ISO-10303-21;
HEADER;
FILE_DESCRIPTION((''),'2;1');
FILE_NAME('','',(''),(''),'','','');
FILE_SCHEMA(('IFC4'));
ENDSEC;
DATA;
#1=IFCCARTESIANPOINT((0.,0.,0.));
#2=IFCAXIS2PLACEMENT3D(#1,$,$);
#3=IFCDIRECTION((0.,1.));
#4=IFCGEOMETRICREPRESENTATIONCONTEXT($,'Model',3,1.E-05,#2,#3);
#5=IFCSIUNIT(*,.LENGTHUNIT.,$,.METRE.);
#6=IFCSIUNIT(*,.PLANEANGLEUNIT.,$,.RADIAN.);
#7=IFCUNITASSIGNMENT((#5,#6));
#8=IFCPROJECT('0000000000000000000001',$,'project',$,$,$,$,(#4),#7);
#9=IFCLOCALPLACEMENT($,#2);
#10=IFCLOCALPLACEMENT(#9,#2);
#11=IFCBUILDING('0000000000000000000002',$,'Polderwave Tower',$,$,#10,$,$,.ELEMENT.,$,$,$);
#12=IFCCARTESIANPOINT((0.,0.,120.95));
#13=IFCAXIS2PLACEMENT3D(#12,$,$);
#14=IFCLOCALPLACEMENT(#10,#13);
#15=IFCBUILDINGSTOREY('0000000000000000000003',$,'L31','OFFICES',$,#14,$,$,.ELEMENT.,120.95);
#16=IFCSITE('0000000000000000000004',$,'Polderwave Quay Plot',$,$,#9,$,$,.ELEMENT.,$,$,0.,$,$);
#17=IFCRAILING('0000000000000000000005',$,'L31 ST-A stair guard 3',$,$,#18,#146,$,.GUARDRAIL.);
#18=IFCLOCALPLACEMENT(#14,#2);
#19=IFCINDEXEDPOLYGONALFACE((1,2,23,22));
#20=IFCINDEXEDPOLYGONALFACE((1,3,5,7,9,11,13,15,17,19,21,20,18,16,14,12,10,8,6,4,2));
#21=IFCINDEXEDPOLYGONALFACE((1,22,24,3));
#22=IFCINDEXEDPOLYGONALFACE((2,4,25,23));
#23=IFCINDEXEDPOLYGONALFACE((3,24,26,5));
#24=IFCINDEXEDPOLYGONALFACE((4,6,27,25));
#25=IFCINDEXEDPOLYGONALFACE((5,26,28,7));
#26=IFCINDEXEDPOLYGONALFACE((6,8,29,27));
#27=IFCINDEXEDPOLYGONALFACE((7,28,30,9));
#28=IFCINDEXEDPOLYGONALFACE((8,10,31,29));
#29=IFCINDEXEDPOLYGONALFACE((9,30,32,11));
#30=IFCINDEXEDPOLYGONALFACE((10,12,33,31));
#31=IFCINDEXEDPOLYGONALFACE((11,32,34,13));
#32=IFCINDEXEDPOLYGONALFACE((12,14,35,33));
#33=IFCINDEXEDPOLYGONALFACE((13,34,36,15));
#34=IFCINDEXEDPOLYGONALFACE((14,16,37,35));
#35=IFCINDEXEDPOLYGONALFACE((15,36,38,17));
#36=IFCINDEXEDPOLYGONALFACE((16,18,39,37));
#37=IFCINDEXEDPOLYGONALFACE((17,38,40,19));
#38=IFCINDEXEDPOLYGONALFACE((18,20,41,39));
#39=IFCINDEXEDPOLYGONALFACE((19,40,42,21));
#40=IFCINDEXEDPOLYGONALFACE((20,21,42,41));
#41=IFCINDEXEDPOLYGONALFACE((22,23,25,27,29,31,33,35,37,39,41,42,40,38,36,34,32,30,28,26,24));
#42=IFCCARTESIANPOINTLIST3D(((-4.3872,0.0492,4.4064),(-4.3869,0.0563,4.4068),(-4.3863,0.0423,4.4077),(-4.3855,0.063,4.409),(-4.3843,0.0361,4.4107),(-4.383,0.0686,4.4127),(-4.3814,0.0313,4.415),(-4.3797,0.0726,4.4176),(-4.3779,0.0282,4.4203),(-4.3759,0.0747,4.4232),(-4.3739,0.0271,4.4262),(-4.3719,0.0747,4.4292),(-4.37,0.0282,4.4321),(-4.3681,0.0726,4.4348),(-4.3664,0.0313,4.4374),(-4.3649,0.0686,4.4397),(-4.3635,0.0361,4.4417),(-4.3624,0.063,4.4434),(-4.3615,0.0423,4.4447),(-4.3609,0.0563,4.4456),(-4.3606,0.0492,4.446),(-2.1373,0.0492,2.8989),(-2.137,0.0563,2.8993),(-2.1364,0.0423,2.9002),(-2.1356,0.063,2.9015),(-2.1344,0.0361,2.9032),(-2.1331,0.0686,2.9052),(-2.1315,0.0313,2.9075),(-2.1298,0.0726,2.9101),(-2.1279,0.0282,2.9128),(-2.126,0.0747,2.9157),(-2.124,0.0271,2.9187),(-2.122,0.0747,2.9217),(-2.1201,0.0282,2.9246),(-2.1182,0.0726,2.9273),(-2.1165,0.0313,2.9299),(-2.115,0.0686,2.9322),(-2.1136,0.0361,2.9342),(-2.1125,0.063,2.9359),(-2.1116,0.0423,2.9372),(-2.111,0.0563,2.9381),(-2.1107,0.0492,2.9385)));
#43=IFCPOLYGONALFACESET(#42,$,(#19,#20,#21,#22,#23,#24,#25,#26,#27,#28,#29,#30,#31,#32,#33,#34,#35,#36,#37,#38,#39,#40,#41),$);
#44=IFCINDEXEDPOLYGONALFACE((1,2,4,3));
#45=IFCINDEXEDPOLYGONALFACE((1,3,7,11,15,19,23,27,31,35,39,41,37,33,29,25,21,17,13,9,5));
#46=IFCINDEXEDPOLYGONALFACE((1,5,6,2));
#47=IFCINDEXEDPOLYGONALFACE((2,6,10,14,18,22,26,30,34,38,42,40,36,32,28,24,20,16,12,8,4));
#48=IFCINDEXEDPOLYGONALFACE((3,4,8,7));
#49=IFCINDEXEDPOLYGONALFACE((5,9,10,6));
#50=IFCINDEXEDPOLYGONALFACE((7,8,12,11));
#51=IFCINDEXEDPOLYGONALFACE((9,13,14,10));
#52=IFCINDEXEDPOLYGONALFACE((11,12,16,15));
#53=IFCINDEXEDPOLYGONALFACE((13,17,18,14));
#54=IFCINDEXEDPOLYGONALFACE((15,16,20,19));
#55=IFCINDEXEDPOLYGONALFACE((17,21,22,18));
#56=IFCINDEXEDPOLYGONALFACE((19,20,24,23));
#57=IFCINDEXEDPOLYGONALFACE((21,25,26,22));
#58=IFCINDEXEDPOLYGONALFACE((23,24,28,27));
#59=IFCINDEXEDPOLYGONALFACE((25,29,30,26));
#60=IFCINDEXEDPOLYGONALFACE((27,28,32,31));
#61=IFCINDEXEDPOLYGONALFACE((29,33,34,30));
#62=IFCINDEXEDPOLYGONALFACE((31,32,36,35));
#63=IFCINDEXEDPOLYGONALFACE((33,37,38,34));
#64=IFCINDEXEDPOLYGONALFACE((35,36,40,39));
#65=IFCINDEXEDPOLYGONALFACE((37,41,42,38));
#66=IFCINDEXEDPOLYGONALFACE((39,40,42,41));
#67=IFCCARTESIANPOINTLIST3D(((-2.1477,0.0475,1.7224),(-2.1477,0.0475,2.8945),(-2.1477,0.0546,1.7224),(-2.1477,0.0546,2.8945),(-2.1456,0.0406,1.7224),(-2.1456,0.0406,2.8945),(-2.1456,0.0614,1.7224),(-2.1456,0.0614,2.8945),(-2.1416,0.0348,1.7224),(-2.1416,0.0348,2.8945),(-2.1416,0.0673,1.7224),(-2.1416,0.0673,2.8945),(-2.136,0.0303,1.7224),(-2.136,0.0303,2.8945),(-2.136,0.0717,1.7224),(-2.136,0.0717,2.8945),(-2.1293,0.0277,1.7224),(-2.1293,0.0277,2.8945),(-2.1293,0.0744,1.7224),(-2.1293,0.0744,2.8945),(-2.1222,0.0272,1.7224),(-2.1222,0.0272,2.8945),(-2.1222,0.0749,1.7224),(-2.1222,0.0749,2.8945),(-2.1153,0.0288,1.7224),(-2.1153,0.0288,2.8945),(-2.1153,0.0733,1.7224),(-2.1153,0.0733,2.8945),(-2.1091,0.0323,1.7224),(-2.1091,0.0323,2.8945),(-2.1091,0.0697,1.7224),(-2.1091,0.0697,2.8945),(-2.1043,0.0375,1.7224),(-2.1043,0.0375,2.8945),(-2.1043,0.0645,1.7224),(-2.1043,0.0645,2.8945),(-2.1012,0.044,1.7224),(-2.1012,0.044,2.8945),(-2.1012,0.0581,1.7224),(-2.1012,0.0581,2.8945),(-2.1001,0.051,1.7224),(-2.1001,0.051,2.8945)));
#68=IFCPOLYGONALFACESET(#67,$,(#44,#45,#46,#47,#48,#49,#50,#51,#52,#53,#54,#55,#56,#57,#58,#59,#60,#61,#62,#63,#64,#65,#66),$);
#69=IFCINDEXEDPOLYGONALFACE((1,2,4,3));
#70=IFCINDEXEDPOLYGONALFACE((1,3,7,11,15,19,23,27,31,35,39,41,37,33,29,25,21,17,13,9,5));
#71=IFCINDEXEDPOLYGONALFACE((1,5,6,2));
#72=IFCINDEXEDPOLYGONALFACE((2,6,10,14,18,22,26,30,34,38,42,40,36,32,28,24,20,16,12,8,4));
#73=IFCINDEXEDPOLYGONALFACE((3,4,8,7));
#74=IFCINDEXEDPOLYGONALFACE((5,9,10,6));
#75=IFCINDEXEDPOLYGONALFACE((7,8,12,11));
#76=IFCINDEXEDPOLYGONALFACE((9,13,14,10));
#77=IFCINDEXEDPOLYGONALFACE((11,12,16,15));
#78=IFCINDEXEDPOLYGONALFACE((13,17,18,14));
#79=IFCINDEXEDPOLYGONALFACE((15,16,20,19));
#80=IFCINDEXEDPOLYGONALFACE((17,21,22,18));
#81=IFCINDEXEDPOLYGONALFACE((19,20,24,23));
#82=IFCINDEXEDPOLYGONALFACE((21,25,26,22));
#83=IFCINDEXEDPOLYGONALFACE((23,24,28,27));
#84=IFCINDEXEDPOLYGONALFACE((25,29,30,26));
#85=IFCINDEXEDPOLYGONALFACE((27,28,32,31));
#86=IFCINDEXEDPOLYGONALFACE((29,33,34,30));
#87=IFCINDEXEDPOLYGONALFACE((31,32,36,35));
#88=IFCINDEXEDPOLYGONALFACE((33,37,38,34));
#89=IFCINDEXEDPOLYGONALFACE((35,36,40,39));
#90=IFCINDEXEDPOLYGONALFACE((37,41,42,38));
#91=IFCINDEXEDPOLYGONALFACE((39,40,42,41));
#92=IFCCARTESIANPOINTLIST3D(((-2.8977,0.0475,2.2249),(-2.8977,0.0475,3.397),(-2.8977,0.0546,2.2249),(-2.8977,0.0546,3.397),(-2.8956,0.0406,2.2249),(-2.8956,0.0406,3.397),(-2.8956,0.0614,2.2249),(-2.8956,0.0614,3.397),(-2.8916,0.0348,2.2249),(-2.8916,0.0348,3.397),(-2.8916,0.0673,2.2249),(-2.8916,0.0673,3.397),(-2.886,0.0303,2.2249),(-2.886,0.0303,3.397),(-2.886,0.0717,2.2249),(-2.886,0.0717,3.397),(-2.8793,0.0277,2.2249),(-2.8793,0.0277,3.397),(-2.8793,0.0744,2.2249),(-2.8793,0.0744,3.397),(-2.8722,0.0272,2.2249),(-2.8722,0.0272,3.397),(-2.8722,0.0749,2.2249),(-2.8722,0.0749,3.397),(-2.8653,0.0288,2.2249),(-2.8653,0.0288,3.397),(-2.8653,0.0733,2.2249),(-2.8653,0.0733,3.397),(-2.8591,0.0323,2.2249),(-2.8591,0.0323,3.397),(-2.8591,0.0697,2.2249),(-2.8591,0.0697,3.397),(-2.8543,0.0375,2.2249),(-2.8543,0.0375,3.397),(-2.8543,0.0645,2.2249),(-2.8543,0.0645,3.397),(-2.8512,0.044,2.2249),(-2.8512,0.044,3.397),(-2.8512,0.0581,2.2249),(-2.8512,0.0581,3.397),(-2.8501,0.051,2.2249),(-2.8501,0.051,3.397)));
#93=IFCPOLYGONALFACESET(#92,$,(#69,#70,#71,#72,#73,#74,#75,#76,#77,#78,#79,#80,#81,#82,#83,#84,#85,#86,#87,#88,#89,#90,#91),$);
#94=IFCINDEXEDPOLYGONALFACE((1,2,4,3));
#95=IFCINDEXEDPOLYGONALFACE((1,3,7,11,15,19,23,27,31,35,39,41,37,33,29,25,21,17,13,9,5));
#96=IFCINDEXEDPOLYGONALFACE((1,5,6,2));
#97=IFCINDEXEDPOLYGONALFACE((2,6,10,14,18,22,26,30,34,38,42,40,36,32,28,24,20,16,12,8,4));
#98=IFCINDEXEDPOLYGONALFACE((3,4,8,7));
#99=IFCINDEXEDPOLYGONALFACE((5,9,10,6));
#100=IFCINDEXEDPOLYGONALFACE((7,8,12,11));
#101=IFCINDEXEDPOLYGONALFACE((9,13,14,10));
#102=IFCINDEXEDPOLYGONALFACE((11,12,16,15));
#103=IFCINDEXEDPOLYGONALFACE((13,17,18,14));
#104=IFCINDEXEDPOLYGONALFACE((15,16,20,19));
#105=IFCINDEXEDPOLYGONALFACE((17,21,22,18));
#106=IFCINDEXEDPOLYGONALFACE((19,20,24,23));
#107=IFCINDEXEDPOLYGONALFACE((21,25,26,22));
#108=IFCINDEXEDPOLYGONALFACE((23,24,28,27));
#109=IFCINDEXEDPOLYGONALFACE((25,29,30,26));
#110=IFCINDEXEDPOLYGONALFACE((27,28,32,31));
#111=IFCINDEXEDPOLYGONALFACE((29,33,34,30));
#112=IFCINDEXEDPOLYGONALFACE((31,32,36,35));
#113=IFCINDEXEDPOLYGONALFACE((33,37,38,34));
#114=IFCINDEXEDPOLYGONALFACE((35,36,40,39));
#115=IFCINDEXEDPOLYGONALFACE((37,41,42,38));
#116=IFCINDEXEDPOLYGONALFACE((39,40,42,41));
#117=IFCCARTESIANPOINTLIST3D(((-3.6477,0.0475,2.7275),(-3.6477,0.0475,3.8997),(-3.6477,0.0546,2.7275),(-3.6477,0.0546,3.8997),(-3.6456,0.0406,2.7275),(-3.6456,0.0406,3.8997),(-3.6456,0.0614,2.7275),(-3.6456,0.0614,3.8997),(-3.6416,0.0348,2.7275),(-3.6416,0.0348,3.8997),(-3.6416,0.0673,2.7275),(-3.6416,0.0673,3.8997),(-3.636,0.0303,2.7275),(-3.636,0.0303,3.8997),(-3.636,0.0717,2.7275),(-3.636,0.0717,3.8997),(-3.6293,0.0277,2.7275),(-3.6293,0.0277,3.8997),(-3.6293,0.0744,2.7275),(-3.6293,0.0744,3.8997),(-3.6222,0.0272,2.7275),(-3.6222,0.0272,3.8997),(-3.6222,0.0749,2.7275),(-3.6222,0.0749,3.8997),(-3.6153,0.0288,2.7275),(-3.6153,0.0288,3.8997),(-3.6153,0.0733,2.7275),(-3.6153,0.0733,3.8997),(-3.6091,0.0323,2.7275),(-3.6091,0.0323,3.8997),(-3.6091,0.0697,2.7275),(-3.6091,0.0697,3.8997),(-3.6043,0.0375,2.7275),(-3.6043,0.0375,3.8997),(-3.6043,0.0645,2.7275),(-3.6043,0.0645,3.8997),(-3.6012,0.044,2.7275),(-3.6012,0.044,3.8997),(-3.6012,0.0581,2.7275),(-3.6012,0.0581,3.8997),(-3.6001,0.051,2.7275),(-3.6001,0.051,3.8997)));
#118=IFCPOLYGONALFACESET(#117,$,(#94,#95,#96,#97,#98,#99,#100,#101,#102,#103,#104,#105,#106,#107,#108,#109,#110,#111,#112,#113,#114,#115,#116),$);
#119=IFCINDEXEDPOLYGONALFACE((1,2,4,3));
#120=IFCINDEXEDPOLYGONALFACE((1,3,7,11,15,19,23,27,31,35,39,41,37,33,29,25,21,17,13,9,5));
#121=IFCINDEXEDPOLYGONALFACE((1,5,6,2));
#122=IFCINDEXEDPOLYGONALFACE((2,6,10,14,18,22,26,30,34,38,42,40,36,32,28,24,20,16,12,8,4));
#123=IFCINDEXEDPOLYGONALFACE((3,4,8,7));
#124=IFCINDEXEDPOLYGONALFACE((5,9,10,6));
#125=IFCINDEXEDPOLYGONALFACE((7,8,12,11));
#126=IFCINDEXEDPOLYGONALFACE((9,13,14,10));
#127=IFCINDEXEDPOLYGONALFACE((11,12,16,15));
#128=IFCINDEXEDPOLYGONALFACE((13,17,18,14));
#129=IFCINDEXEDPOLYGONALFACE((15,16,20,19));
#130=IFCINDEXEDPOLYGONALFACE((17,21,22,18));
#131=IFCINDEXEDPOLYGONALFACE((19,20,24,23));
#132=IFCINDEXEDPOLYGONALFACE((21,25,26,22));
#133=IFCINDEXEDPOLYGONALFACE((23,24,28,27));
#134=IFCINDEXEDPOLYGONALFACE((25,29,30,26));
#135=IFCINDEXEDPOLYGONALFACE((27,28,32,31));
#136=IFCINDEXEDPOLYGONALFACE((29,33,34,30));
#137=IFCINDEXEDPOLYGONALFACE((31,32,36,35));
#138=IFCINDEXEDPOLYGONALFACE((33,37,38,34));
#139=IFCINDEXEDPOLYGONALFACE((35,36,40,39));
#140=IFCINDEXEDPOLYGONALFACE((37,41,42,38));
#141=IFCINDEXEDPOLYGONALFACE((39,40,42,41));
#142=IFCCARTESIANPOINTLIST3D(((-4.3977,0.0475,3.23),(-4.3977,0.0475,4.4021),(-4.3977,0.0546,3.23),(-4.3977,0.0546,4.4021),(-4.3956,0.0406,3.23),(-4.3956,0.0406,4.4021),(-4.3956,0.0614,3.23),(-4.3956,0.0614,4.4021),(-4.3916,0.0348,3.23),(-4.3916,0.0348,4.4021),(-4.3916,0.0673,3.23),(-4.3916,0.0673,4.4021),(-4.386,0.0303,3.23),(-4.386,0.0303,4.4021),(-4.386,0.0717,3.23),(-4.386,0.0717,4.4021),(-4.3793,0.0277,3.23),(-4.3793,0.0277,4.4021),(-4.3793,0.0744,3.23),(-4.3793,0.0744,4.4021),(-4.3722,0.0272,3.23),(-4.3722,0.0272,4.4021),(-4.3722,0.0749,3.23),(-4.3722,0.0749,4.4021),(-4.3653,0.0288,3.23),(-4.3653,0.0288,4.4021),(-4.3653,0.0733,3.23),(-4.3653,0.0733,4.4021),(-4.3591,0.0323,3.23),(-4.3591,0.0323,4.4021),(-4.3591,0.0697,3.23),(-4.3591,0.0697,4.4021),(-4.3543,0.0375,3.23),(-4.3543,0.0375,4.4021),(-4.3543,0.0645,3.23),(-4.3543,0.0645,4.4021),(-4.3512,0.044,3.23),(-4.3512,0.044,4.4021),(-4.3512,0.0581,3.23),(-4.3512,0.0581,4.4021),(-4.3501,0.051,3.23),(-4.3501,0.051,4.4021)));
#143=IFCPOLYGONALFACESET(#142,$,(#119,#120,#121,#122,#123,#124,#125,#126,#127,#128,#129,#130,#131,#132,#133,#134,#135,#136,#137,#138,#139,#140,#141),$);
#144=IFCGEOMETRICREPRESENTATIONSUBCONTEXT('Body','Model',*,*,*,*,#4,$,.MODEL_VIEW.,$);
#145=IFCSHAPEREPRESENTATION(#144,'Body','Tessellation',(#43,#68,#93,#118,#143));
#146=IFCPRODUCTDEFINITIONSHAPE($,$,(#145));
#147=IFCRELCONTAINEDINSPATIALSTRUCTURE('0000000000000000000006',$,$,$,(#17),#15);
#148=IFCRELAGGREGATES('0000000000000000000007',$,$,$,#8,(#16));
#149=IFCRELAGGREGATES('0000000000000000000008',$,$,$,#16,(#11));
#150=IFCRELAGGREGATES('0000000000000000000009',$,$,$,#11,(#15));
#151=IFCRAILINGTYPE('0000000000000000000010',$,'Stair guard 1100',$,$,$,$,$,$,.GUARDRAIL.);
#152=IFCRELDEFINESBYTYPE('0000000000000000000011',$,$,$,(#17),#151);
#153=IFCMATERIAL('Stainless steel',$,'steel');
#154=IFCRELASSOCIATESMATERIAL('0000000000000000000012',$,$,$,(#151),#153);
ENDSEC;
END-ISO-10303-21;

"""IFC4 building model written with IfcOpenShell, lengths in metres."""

from ifc_helpers import new_model, si_unit, direction, frame, origin, origin_2d, place, context, subcontext, project, spatial, circle, extrude, material, type_object, element, save


model = new_model("IFC4")

# Units and contexts
model_context = context("Model", 3, precision=1e-05, world=origin(), true_north=direction((0.0, 1.0)))
body_context = subcontext(model_context, "Body", "Model", "MODEL_VIEW")
ifc_project = project(units=[si_unit("LENGTHUNIT", "METRE"), si_unit("PLANEANGLEUNIT", "RADIAN")], contexts=[model_context])

# Site, building, storey
site_placement = place(None, origin())
site = spatial("IfcSite", under=ifc_project, at=site_placement, Name="Polderwave Quay Plot", CompositionType="ELEMENT", RefElevation=0.0)
building_placement = place(site_placement, origin())
building = spatial("IfcBuilding", under=site, at=building_placement, Name="Polderwave Tower", CompositionType="ELEMENT")
storey_placement = place(building_placement, frame((0.0, 0.0, 120.95)))
storey = spatial("IfcBuildingStorey", under=building, at=storey_placement, Name="L31", Description="OFFICES", CompositionType="ELEMENT", Elevation=120.95)

# Shared definitions
ifc_material_1 = material(Name="Stainless steel", Category="steel")

# Railing
railing_type_1 = type_object("IfcRailingType", Name="Stair guard 1100", PredefinedType="GUARDRAIL", material=ifc_material_1)
railing_1_placement = place(storey_placement, frame((-2.124, 0.051, 1.7224)))
element("IfcRailing", 1, at=railing_1_placement, inside=storey, type_object=railing_type_1, Name="L31 ST-A stair guard 3", PredefinedType="GUARDRAIL", context=body_context, shape_type="SweptSolid", body=[
    extrude(circle(Radius=0.0239, at=origin_2d()), frame((0.0, 0.0, 1.1963), z_axis=(-0.830758, 0.0, 0.556633), x_axis=(0.0, -1.0, 0.0)), (0.0, 0.0, 1.0), 2.7083),
    extrude(circle(Radius=0.0239, at=origin_2d()), origin(), (0.0, 0.0, 1.0), 1.1721),
    extrude(circle(Radius=0.0239, at=origin_2d()), frame((-0.75, 0.0, 0.5024)), (0.0, 0.0, 1.0), 1.1721),
    extrude(circle(Radius=0.0239, at=origin_2d()), frame((-1.5, 0.0, 1.0051)), (0.0, 0.0, 1.0), 1.1721),
    extrude(circle(Radius=0.0239, at=origin_2d()), frame((-2.25, 0.0, 1.5076)), (0.0, 0.0, 1.0), 1.1721),
])

save(model, "model.ifc")
